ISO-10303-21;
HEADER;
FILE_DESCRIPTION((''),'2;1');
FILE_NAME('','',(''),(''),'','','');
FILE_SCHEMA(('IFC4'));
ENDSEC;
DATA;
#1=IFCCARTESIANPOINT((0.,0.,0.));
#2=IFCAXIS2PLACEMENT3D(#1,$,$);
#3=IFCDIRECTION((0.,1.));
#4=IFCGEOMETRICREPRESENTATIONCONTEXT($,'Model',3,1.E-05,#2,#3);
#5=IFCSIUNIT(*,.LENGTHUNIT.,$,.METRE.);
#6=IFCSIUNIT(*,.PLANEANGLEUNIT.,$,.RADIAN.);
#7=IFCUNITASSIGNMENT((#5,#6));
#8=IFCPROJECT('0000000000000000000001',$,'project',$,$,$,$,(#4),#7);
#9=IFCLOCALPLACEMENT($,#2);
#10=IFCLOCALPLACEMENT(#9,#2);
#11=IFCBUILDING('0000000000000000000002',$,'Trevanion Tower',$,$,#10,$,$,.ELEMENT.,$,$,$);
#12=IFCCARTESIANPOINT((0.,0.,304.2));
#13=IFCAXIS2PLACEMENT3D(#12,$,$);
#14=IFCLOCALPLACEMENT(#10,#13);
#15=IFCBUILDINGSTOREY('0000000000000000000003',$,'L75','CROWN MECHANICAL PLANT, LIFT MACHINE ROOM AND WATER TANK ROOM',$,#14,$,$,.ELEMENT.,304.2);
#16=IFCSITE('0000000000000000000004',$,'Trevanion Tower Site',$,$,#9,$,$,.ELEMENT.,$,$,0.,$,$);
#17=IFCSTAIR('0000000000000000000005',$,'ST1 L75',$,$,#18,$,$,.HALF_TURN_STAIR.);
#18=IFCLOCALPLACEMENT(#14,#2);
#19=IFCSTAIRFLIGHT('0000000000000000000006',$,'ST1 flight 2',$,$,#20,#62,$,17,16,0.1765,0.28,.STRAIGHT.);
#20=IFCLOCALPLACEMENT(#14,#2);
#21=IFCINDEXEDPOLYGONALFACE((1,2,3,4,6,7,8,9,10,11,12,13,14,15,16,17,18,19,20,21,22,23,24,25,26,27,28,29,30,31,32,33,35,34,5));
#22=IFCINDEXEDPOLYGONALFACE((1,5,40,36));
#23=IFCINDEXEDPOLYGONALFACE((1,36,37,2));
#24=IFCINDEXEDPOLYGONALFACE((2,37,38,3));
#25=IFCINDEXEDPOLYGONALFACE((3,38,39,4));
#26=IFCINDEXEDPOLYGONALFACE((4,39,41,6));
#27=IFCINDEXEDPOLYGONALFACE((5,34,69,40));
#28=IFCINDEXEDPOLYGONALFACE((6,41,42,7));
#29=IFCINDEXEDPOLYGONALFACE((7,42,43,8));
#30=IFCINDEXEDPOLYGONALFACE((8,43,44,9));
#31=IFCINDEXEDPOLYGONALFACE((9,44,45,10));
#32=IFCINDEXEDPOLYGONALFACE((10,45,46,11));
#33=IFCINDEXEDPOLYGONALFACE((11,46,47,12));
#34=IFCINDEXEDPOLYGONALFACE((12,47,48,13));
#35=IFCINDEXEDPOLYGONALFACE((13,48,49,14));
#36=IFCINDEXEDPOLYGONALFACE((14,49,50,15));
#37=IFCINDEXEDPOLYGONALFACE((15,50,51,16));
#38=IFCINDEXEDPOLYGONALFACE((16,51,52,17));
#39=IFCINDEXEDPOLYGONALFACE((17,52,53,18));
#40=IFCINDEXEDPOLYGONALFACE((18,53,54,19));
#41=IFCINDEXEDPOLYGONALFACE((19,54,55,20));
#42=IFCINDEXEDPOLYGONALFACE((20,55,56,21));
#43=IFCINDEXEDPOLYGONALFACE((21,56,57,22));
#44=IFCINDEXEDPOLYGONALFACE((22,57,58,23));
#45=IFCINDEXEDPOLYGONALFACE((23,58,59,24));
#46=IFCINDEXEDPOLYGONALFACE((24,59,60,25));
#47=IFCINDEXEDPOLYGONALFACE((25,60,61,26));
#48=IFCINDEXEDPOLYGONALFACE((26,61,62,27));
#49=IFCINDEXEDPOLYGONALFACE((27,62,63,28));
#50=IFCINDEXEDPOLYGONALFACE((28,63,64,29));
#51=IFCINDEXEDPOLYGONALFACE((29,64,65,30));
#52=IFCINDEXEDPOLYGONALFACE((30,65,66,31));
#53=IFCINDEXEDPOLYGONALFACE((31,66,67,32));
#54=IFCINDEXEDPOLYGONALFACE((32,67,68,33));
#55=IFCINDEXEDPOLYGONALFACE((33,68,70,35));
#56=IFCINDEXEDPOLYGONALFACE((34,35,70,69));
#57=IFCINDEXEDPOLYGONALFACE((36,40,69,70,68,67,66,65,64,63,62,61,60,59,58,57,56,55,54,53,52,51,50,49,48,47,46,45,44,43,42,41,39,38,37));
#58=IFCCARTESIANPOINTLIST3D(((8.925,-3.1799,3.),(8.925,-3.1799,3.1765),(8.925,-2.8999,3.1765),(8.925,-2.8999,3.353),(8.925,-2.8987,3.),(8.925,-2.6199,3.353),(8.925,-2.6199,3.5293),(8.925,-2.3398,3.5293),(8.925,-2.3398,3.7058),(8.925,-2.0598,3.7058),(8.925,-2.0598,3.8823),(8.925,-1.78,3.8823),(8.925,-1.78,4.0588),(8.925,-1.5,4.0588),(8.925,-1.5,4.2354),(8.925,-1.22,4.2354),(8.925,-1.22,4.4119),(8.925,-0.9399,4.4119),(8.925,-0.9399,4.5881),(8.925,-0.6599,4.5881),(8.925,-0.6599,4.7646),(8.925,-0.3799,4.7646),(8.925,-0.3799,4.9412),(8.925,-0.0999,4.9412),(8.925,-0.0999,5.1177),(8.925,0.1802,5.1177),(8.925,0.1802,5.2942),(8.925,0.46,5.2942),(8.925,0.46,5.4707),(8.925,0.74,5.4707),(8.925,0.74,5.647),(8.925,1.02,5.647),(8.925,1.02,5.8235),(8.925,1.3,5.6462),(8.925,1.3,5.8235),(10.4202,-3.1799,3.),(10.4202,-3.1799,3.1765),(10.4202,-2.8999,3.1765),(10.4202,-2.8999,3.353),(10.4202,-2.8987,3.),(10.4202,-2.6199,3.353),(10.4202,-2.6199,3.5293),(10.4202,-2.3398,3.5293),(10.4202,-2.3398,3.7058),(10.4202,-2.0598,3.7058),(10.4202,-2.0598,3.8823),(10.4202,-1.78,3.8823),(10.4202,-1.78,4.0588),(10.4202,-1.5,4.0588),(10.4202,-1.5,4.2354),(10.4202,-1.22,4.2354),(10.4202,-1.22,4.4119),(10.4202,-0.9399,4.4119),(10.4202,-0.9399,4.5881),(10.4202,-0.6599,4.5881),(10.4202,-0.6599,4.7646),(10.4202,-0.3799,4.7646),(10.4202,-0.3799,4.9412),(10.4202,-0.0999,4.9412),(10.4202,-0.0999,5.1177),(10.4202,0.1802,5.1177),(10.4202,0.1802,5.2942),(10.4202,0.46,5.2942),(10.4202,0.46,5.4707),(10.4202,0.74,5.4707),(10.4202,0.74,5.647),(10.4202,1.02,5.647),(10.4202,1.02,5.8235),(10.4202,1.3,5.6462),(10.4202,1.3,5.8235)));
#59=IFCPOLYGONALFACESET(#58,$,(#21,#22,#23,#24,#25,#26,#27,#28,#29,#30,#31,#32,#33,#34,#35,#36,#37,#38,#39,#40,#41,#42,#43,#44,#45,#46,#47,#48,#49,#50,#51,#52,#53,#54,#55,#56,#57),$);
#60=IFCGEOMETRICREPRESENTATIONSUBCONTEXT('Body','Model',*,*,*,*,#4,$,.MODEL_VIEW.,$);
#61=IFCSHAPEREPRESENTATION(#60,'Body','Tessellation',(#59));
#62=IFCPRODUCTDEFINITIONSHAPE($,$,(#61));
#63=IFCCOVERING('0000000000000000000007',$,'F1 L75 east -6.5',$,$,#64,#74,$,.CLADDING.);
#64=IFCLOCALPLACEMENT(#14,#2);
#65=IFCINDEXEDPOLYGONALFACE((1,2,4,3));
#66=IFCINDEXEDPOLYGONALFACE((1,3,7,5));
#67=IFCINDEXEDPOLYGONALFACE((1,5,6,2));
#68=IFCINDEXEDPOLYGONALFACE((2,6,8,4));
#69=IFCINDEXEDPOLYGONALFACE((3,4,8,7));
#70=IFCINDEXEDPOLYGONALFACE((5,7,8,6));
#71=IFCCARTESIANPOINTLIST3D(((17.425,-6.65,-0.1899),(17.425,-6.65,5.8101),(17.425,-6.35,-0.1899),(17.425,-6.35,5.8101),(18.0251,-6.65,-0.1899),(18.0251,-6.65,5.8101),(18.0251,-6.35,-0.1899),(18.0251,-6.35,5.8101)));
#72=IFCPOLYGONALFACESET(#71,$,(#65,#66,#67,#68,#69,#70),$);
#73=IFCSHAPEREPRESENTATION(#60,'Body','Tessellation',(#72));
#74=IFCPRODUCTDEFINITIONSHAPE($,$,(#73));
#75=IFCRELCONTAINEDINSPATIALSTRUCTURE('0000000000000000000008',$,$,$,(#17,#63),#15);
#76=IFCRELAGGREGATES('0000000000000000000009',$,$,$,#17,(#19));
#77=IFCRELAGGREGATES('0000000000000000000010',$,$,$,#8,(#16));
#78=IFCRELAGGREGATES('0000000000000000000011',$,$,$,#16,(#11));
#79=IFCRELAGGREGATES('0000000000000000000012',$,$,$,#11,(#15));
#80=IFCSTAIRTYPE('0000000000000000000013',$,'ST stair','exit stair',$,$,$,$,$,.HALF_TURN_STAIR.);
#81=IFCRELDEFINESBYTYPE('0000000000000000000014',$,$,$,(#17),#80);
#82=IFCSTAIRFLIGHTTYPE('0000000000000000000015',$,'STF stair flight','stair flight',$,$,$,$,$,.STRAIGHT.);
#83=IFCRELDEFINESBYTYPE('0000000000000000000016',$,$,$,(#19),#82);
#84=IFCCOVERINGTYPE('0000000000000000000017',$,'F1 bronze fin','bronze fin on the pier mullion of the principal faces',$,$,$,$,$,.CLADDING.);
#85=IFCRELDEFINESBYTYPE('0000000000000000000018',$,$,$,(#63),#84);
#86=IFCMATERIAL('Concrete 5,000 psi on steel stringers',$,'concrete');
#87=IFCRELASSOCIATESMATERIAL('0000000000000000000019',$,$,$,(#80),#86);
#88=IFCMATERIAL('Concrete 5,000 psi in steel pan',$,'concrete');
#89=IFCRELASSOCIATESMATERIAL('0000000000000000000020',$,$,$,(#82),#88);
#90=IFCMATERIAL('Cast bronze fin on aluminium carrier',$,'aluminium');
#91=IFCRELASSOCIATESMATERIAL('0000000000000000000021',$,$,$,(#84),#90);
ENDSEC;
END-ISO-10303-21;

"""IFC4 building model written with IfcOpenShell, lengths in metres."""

from ifc_helpers import new_model, si_unit, direction, frame, origin, origin_2d, place, context, subcontext, project, spatial, polyline, rectangle, outline, extrude, material, type_object, element, aggregate, save


model = new_model("IFC4")

# Units and contexts
model_context = context("Model", 3, precision=1e-05, world=origin(), true_north=direction((0.0, 1.0)))
body_context = subcontext(model_context, "Body", "Model", "MODEL_VIEW")
ifc_project = project(units=[si_unit("LENGTHUNIT", "METRE"), si_unit("PLANEANGLEUNIT", "RADIAN")], contexts=[model_context])

# Site, building, storey
site_placement = place(None, origin())
site = spatial("IfcSite", under=ifc_project, at=site_placement, Name="Trevanion Tower Site", CompositionType="ELEMENT", RefElevation=0.0)
building_placement = place(site_placement, origin())
building = spatial("IfcBuilding", under=site, at=building_placement, Name="Trevanion Tower", CompositionType="ELEMENT")
storey_placement = place(building_placement, frame((0.0, 0.0, 304.2)))
storey = spatial("IfcBuildingStorey", under=building, at=storey_placement, Name="L75", Description="CROWN MECHANICAL PLANT, LIFT MACHINE ROOM AND WATER TANK ROOM", CompositionType="ELEMENT", Elevation=304.2)

# Stair, stair flight
ifc_material_1 = material(Name="Concrete 5,000 psi on steel stringers", Category="concrete")
stair_type = type_object("IfcStairType", Name="ST stair", Description="exit stair", PredefinedType="HALF_TURN_STAIR", material=ifc_material_1)
stair_placement = place(storey_placement, origin())
stair = element("IfcStair", 1, at=stair_placement, inside=storey, type_object=stair_type, Name="ST1 L75", PredefinedType="HALF_TURN_STAIR")
ifc_material_2 = material(Name="Concrete 5,000 psi in steel pan", Category="concrete")
stair_flight_type = type_object("IfcStairFlightType", Name="STF stair flight", Description="stair flight", PredefinedType="STRAIGHT", material=ifc_material_2)
stair_flight_placement = place(storey_placement, frame((9.6726, -3.1799, 3.0), z_axis=(0.0, 0.0, 1.0), x_axis=(0.0, 1.0, 0.0)))
stair_flight = element("IfcStairFlight", 2, at=stair_flight_placement, type_object=stair_flight_type, Name="ST1 flight 2", NumberOfRisers=17, NumberOfTreads=16, PredefinedType="STRAIGHT", RiserHeight=0.1765, TreadLength=0.28, context=body_context, shape_type="SweptSolid", body=[
    extrude(outline(polyline([(0.0, 0.0), (0.0, 0.1765), (0.28, 0.1765), (0.28, 0.353), (0.5601, 0.353), (0.5601, 0.5293), (0.8401, 0.5293), (0.8401, 0.7058), (1.1201, 0.7058), (1.1201, 0.8823), (1.3999, 0.8823), (1.3999, 1.0588), (1.6799, 1.0588), (1.6799, 1.2354), (1.96, 1.2354), (1.96, 1.4119), (2.24, 1.4119), (2.24, 1.5881), (2.52, 1.5881), (2.52, 1.7646), (2.8, 1.7646), (2.8, 1.9412), (3.0801, 1.9412), (3.0801, 2.1177), (3.3601, 2.1177), (3.3601, 2.2942), (3.6399, 2.2942), (3.6399, 2.4707), (3.9199, 2.4707), (3.9199, 2.647), (4.2, 2.647), (4.2, 2.8235), (4.48, 2.8235), (4.48, 3.0), (4.48, 2.6462), (0.2812, 0.0), (0.0, 0.0)])), frame((0.0, 0.7476, 0.0), z_axis=(0.0, -1.0, 0.0), x_axis=(1.0, 0.0, 0.0)), (0.0, 0.0, 1.0), 1.4951),
])
aggregate(stair, [stair_flight])

# Covering
ifc_material_3 = material(Name="Cast bronze fin on aluminium carrier", Category="aluminium")
covering_type = type_object("IfcCoveringType", Name="F1 bronze fin", Description="bronze fin on the pier mullion of the principal faces", PredefinedType="CLADDING", material=ifc_material_3)
covering_placement = place(storey_placement, frame((17.7251, -6.5, -0.1899), z_axis=(0.0, 0.0, 1.0), x_axis=(0.0, 1.0, 0.0)))
element("IfcCovering", 3, at=covering_placement, inside=storey, type_object=covering_type, Name="F1 L75 east -6.5", PredefinedType="CLADDING", context=body_context, shape_type="SweptSolid", body=[
    extrude(rectangle(XDim=0.3, YDim=0.6001, at=origin_2d()), origin(), (0.0, 0.0, 1.0), 6.0),
])

save(model, "model.ifc")
